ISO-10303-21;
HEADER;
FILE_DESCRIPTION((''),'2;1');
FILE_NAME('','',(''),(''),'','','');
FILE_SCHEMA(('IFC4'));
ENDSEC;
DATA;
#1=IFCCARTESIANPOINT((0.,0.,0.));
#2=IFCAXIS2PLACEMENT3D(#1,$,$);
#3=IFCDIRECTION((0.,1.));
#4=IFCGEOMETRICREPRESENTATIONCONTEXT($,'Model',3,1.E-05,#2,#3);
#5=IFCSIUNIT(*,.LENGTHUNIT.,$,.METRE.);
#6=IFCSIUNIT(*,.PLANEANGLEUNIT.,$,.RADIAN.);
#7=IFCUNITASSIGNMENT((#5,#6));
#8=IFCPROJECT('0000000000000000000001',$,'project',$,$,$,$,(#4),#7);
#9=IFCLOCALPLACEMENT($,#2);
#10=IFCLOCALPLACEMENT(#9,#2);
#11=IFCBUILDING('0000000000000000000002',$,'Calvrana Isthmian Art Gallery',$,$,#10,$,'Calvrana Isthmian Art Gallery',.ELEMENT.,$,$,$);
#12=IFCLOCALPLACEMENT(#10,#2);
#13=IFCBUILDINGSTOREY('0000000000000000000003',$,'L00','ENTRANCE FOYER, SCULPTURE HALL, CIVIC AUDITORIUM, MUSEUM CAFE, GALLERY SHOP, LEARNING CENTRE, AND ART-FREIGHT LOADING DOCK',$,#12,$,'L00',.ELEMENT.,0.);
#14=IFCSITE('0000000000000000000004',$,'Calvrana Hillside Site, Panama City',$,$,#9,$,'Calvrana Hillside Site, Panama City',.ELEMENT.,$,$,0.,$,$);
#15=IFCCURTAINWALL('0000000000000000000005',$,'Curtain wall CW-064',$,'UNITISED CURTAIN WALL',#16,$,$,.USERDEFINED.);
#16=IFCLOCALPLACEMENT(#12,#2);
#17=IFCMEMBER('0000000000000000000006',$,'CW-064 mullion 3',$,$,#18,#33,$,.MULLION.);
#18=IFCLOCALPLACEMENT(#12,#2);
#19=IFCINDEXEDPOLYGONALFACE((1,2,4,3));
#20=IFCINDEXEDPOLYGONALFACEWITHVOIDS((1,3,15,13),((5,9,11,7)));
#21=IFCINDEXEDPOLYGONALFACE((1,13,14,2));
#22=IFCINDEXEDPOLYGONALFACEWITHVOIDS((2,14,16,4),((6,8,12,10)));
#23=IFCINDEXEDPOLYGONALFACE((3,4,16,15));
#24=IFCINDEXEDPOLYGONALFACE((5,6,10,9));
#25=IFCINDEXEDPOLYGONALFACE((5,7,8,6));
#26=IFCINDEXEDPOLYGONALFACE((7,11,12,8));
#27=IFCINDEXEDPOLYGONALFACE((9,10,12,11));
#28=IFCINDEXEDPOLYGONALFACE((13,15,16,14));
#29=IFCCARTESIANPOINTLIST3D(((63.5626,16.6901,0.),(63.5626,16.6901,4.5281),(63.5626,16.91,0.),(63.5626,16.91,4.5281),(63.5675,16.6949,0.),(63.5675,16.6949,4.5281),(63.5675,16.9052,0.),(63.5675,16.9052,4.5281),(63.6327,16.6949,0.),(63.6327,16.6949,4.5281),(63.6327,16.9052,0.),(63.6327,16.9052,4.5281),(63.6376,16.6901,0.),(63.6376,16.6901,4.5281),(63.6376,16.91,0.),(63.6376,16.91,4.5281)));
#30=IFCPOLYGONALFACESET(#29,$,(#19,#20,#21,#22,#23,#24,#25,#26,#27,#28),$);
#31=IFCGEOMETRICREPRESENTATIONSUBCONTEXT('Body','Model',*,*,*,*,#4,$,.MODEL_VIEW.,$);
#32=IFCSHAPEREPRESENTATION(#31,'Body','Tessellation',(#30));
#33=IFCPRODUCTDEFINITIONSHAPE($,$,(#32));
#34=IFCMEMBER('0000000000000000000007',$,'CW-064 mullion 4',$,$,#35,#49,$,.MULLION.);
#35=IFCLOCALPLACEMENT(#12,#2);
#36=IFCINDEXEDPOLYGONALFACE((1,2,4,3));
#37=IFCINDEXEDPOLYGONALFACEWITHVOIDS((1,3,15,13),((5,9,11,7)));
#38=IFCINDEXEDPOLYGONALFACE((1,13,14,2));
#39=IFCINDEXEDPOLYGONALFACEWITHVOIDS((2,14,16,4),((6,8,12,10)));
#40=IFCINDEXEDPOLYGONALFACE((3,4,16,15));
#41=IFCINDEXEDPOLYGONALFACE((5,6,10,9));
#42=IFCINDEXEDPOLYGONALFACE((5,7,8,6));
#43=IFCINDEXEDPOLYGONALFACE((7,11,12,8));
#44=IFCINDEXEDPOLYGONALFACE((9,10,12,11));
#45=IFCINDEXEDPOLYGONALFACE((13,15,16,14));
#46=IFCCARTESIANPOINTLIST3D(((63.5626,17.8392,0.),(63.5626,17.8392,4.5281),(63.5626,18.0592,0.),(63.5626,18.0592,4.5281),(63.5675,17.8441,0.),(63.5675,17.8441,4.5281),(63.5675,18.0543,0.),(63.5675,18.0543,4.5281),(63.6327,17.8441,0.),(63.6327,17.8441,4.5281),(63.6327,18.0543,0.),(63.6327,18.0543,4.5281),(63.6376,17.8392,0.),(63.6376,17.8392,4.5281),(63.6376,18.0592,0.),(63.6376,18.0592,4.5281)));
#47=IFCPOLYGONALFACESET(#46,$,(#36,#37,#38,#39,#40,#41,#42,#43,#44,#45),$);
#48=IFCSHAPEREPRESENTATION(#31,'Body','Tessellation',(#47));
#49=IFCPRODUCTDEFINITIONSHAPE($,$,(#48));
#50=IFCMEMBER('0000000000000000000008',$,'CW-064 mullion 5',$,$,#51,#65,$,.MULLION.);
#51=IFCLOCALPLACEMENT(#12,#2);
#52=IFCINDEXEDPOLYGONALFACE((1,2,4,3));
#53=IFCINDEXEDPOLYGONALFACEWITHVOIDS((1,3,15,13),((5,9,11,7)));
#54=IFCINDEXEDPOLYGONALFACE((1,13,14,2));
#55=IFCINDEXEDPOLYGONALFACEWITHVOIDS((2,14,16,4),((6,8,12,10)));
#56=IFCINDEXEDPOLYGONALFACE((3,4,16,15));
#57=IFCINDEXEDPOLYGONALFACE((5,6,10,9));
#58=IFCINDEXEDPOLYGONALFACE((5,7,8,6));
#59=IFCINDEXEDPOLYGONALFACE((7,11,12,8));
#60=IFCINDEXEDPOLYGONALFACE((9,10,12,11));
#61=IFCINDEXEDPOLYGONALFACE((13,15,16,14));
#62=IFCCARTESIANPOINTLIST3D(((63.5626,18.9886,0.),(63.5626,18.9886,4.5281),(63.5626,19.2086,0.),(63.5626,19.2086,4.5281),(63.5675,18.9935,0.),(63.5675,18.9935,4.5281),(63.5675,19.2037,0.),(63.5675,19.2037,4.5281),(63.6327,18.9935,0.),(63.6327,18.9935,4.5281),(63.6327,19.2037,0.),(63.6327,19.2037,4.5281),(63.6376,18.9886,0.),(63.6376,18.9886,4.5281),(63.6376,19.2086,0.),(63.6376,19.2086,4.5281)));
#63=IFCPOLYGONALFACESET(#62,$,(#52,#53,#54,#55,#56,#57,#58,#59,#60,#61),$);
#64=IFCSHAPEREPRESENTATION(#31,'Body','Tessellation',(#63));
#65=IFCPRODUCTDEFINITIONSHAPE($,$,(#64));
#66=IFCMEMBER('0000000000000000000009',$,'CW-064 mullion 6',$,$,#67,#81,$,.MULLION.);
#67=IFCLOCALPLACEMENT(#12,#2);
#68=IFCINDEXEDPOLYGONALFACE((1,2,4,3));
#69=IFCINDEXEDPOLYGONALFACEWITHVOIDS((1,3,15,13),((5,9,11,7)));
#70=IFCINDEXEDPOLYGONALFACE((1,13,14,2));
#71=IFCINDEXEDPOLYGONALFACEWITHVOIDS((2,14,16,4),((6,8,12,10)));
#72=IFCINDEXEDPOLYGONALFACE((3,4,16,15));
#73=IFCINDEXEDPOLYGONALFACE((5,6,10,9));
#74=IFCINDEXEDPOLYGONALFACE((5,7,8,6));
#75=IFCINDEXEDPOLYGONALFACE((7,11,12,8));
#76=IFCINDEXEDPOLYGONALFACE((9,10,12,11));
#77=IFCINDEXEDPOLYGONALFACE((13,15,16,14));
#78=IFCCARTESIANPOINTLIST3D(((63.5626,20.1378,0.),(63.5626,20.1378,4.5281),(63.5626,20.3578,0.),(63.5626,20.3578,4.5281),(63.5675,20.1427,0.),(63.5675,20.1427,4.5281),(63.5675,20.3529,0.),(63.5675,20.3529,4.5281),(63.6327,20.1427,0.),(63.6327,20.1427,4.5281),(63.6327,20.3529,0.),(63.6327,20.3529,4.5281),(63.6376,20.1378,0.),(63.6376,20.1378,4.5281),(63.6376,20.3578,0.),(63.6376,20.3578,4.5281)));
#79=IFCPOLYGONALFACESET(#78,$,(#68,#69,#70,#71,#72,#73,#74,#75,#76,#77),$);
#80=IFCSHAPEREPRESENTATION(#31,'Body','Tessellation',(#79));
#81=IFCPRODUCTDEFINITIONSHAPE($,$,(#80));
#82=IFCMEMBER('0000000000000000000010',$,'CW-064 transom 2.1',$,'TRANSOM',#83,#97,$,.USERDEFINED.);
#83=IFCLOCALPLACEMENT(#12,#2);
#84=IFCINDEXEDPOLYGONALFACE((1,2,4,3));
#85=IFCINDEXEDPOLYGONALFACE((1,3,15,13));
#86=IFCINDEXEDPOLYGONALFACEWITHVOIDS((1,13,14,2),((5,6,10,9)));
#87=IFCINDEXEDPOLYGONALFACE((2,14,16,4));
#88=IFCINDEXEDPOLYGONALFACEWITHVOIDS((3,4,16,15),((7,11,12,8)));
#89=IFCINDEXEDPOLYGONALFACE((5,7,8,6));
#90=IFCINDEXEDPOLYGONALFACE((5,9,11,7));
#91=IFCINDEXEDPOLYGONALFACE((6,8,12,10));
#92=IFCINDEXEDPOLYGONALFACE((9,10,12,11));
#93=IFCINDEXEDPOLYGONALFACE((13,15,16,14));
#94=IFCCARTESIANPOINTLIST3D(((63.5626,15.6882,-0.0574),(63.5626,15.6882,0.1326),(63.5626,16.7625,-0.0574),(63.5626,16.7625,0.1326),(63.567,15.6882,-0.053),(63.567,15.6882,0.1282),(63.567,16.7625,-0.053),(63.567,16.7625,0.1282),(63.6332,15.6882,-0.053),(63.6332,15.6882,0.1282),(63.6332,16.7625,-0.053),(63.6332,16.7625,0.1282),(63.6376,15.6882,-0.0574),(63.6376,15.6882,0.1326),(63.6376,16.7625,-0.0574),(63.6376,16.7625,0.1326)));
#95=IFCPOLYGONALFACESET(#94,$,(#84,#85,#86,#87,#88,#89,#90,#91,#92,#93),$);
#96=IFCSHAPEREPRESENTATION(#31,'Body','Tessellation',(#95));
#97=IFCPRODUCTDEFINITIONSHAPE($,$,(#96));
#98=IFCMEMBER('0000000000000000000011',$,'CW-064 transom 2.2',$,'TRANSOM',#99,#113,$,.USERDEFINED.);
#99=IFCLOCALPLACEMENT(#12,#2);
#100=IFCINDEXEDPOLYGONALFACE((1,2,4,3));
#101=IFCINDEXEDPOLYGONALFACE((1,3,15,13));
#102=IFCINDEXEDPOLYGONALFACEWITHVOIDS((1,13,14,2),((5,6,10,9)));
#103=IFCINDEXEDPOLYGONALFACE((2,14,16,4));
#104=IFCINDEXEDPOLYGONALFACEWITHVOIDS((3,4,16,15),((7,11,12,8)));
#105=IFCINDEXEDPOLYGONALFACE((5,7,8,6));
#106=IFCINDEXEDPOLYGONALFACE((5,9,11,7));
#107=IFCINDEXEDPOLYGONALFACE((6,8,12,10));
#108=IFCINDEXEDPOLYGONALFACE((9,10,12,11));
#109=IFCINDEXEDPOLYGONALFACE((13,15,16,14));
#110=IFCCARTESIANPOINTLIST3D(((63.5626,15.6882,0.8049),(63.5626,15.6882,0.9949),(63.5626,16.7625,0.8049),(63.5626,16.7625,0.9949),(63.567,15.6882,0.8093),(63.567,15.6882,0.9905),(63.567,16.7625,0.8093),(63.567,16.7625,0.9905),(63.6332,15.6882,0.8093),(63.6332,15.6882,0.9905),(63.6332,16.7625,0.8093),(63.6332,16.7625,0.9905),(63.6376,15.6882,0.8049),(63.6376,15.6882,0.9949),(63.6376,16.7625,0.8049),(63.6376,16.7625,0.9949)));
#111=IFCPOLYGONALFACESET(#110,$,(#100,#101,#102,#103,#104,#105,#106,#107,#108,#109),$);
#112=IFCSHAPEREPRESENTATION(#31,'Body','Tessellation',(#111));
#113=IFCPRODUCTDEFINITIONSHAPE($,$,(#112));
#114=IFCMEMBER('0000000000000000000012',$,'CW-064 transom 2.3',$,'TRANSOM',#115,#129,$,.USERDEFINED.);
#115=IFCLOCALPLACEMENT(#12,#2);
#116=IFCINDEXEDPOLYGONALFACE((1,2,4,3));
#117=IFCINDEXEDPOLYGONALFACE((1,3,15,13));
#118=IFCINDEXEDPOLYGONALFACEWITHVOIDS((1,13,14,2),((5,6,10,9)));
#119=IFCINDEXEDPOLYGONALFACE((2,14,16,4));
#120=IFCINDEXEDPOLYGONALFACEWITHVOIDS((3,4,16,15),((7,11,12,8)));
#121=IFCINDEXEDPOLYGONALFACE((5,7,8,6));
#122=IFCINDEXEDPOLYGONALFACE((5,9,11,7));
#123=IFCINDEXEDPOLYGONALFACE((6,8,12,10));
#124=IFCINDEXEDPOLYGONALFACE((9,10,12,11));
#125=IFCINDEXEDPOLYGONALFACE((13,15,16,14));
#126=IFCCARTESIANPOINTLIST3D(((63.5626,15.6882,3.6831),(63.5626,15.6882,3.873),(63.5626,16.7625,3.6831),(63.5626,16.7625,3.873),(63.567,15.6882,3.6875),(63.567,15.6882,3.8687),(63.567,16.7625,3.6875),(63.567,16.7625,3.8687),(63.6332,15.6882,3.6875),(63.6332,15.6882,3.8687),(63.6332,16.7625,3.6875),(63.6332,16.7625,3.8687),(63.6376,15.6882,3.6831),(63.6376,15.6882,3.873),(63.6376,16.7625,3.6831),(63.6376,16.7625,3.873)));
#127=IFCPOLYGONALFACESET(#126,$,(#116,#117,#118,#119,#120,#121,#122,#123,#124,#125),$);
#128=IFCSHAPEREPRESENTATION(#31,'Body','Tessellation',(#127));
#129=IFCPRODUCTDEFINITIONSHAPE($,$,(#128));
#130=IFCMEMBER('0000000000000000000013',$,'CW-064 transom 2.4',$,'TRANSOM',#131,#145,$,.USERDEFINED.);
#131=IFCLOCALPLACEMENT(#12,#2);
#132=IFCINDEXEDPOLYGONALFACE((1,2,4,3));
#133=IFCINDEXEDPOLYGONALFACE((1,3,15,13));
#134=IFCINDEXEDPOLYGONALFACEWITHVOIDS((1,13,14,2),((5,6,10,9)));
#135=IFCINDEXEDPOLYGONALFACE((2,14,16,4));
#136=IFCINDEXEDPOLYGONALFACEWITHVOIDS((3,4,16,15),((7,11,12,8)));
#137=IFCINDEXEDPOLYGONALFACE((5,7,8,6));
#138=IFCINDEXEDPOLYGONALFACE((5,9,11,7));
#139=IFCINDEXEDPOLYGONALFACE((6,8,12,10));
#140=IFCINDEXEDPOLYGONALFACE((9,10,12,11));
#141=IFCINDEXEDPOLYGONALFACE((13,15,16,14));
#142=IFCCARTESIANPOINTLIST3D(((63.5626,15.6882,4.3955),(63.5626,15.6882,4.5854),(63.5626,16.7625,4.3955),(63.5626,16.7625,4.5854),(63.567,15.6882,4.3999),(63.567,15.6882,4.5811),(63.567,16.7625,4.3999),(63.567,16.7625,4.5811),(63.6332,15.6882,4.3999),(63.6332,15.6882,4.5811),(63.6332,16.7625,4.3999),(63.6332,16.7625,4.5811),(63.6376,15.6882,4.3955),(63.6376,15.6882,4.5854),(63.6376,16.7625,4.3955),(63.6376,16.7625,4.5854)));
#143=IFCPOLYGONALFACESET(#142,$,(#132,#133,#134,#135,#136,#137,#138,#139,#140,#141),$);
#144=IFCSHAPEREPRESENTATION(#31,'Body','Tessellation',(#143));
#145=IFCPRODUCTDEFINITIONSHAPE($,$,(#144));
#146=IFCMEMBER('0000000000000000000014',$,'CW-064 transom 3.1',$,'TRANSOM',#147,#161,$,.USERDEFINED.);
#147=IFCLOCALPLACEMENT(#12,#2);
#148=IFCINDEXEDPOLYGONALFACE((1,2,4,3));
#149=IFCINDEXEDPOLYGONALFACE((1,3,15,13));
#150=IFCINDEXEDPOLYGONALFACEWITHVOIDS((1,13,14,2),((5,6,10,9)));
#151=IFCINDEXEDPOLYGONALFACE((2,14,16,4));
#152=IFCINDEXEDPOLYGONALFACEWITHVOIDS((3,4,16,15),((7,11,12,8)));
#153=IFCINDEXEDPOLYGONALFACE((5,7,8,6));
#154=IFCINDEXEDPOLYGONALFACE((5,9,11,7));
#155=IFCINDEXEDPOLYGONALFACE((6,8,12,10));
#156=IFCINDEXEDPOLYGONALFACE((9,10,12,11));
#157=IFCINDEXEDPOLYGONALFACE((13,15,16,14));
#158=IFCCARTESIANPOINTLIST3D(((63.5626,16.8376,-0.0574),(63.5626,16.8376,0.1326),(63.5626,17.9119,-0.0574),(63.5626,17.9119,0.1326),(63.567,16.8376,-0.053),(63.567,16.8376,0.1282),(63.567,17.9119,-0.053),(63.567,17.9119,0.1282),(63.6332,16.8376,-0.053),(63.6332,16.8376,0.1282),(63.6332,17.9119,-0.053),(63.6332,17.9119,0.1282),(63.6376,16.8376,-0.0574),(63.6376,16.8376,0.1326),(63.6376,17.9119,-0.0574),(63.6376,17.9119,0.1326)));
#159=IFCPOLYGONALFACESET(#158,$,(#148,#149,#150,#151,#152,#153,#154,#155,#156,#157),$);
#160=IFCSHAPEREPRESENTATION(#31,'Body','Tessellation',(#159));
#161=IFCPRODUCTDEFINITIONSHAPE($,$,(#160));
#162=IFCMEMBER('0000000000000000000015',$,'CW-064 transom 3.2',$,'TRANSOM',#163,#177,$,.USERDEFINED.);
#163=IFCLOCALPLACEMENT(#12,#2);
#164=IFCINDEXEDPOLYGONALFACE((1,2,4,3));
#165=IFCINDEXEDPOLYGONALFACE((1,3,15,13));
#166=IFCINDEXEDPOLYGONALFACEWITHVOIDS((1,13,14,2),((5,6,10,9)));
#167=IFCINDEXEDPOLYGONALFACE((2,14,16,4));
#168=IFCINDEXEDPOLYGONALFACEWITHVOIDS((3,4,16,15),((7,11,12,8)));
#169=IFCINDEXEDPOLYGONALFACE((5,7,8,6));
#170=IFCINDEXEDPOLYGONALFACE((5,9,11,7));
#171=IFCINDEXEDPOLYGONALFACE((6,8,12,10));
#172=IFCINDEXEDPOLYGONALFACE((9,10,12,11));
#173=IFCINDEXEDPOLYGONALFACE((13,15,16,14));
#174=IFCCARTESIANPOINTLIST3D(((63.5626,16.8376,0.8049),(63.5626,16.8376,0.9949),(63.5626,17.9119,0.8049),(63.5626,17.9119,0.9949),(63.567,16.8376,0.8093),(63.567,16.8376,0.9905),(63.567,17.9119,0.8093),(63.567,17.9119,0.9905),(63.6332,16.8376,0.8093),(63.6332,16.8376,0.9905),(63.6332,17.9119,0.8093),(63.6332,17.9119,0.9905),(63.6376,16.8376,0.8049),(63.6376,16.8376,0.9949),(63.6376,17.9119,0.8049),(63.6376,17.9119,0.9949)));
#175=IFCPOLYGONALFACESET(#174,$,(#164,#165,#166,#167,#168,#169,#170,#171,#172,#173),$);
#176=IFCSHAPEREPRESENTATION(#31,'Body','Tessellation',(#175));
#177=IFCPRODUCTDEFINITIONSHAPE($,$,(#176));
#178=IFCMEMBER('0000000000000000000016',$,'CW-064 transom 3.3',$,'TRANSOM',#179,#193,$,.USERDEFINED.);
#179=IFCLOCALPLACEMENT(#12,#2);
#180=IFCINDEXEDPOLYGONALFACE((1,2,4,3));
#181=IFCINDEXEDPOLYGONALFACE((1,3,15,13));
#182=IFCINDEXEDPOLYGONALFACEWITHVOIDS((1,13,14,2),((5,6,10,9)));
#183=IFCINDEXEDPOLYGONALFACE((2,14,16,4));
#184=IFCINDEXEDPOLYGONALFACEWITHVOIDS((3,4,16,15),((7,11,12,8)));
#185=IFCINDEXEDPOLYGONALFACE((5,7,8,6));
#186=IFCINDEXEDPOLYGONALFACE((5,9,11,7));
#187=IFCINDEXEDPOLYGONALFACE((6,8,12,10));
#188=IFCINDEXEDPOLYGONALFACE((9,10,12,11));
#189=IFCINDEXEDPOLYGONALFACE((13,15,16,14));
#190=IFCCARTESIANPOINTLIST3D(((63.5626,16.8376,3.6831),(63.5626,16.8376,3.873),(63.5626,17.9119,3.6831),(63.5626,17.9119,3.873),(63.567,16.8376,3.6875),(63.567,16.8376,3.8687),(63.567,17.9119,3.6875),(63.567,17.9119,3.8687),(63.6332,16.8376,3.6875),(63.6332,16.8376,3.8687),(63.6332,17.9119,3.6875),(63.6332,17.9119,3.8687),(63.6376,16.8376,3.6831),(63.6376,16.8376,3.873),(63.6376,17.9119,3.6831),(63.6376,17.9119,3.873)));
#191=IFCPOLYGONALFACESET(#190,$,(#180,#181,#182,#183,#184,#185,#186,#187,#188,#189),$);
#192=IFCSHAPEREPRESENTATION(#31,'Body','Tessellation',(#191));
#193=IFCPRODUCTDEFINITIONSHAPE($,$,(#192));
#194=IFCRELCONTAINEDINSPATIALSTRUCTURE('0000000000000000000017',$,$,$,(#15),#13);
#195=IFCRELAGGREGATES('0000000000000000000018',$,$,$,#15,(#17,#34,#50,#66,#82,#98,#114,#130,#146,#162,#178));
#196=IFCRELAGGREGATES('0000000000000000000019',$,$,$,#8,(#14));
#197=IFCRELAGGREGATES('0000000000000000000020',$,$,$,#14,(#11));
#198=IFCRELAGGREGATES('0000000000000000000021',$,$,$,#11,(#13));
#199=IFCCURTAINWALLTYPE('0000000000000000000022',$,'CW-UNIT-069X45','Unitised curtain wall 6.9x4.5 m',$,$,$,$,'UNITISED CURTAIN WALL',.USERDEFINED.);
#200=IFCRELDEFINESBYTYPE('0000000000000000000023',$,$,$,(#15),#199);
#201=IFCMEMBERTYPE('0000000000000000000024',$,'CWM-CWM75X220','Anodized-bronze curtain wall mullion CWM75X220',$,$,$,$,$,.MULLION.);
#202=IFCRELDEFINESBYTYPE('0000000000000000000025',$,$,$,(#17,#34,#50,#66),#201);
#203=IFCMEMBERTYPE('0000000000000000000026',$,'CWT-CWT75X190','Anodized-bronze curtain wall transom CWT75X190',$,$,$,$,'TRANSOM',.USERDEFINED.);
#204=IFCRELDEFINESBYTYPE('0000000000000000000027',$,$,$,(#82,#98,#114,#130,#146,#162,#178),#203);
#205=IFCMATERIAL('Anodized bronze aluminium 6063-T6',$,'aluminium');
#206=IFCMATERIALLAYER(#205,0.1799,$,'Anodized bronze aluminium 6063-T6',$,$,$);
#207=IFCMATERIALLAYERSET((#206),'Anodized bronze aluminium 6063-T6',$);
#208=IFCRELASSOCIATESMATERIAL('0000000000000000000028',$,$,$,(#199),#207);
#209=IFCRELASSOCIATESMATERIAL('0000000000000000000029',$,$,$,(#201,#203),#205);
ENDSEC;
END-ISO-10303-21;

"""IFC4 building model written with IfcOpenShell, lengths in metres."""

from ifc_helpers import new_model, si_unit, direction, frame, origin, origin_2d, place, context, subcontext, project, spatial, hollow_rectangle, extrude, material, layer, layer_set, material_profile, profile_set, type_object, element, aggregate, save


model = new_model("IFC4")

# Units and contexts
model_context = context("Model", 3, precision=1e-05, world=origin(), true_north=direction((0.0, 1.0)))
body_context = subcontext(model_context, "Body", "Model", "MODEL_VIEW")
ifc_project = project(units=[si_unit("LENGTHUNIT", "METRE"), si_unit("PLANEANGLEUNIT", "RADIAN")], contexts=[model_context])

# Site, building, storey
site_placement = place(None, origin())
site = spatial("IfcSite", under=ifc_project, at=site_placement, Name="Calvrana Hillside Site, Panama City", LongName="Calvrana Hillside Site, Panama City", CompositionType="ELEMENT", RefElevation=0.0)
building_placement = place(site_placement, origin())
building = spatial("IfcBuilding", under=site, at=building_placement, Name="Calvrana Isthmian Art Gallery", LongName="Calvrana Isthmian Art Gallery", CompositionType="ELEMENT")
storey_placement = place(building_placement, origin())
storey = spatial("IfcBuildingStorey", under=building, at=storey_placement, Name="L00", Description="ENTRANCE FOYER, SCULPTURE HALL, CIVIC AUDITORIUM, MUSEUM CAFE, GALLERY SHOP, LEARNING CENTRE, AND ART-FREIGHT LOADING DOCK", LongName="L00", CompositionType="ELEMENT", Elevation=0.0)

# Curtain wall, members
ifc_material_1 = material(Name="Anodized bronze aluminium 6063-T6", Category="aluminium")
ifc_layer_1 = layer(ifc_material_1, 0.1799, Name="Anodized bronze aluminium 6063-T6")
ifc_layer_set_1 = layer_set([ifc_layer_1], Name="Anodized bronze aluminium 6063-T6")
curtain_wall_type = type_object("IfcCurtainWallType", Name="CW-UNIT-069X45", Description="Unitised curtain wall 6.9x4.5 m", ElementType="UNITISED CURTAIN WALL", PredefinedType="USERDEFINED", material=ifc_layer_set_1)
curtain_wall_placement = place(storey_placement, origin())
curtain_wall = element("IfcCurtainWall", 1, at=curtain_wall_placement, inside=storey, type_object=curtain_wall_type, Name="Curtain wall CW-064", ObjectType="UNITISED CURTAIN WALL", PredefinedType="USERDEFINED")
ifc_material_profile_1 = material_profile(ifc_material_1, hollow_rectangle(XDim=0.075, YDim=0.22, WallThickness=0.0049, at=origin_2d()), Name="CWM75X220")
ifc_profile_set_1 = profile_set([ifc_material_profile_1], Name="Anodized bronze aluminium 6063-T6")
member_type_1 = type_object("IfcMemberType", Name="CWM-CWM75X220", Description="Anodized-bronze curtain wall mullion CWM75X220", PredefinedType="MULLION", material=ifc_profile_set_1)
member_1_placement = place(storey_placement, frame((63.6001, 16.8, 0.0), z_axis=(0.0, 0.0, 1.0), x_axis=(-1.0, 0.0, 0.0)))
member_1 = element("IfcMember", 2, at=member_1_placement, type_object=member_type_1, Name="CW-064 mullion 3", PredefinedType="MULLION", context=body_context, shape_type="SweptSolid", body=[
    extrude(hollow_rectangle(XDim=0.075, YDim=0.22, WallThickness=0.0049, at=origin_2d()), origin(), (0.0, 0.0, 1.0), 4.5281),
])
member_2_placement = place(storey_placement, frame((63.6001, 17.9492, 0.0), z_axis=(0.0, 0.0, 1.0), x_axis=(-1.0, 0.0, 0.0)))
member_2 = element("IfcMember", 3, at=member_2_placement, type_object=member_type_1, Name="CW-064 mullion 4", PredefinedType="MULLION", context=body_context, shape_type="SweptSolid", body=[
    extrude(hollow_rectangle(XDim=0.075, YDim=0.22, WallThickness=0.0049, at=origin_2d()), origin(), (0.0, 0.0, 1.0), 4.5281),
])
member_3_placement = place(storey_placement, frame((63.6001, 19.0986, 0.0), z_axis=(0.0, 0.0, 1.0), x_axis=(-1.0, 0.0, 0.0)))
member_3 = element("IfcMember", 4, at=member_3_placement, type_object=member_type_1, Name="CW-064 mullion 5", PredefinedType="MULLION", context=body_context, shape_type="SweptSolid", body=[
    extrude(hollow_rectangle(XDim=0.075, YDim=0.22, WallThickness=0.0049, at=origin_2d()), origin(), (0.0, 0.0, 1.0), 4.5281),
])
member_4_placement = place(storey_placement, frame((63.6001, 20.2478, 0.0), z_axis=(0.0, 0.0, 1.0), x_axis=(-1.0, 0.0, 0.0)))
member_4 = element("IfcMember", 5, at=member_4_placement, type_object=member_type_1, Name="CW-064 mullion 6", PredefinedType="MULLION", context=body_context, shape_type="SweptSolid", body=[
    extrude(hollow_rectangle(XDim=0.075, YDim=0.22, WallThickness=0.0049, at=origin_2d()), origin(), (0.0, 0.0, 1.0), 4.5281),
])
ifc_material_profile_2 = material_profile(ifc_material_1, hollow_rectangle(XDim=0.075, YDim=0.1899, WallThickness=0.0044, at=origin_2d()), Name="CWT75X190")
ifc_profile_set_2 = profile_set([ifc_material_profile_2], Name="Anodized bronze aluminium 6063-T6")
member_type_2 = type_object("IfcMemberType", Name="CWT-CWT75X190", Description="Anodized-bronze curtain wall transom CWT75X190", ElementType="TRANSOM", PredefinedType="USERDEFINED", material=ifc_profile_set_2)
member_5_placement = place(storey_placement, frame((63.6001, 15.6882, 0.0376), z_axis=(0.0, 1.0, 0.0), x_axis=(-1.0, 0.0, 0.0)))
member_5 = element("IfcMember", 6, at=member_5_placement, type_object=member_type_2, Name="CW-064 transom 2.1", ObjectType="TRANSOM", PredefinedType="USERDEFINED", context=body_context, shape_type="SweptSolid", body=[
    extrude(hollow_rectangle(XDim=0.075, YDim=0.1899, WallThickness=0.0044, at=origin_2d()), origin(), (0.0, 0.0, 1.0), 1.0742),
])
member_6_placement = place(storey_placement, frame((63.6001, 15.6882, 0.8999), z_axis=(0.0, 1.0, 0.0), x_axis=(-1.0, 0.0, 0.0)))
member_6 = element("IfcMember", 7, at=member_6_placement, type_object=member_type_2, Name="CW-064 transom 2.2", ObjectType="TRANSOM", PredefinedType="USERDEFINED", context=body_context, shape_type="SweptSolid", body=[
    extrude(hollow_rectangle(XDim=0.075, YDim=0.1899, WallThickness=0.0044, at=origin_2d()), origin(), (0.0, 0.0, 1.0), 1.0742),
])
member_7_placement = place(storey_placement, frame((63.6001, 15.6882, 3.7781), z_axis=(0.0, 1.0, 0.0), x_axis=(-1.0, 0.0, 0.0)))
member_7 = element("IfcMember", 8, at=member_7_placement, type_object=member_type_2, Name="CW-064 transom 2.3", ObjectType="TRANSOM", PredefinedType="USERDEFINED", context=body_context, shape_type="SweptSolid", body=[
    extrude(hollow_rectangle(XDim=0.075, YDim=0.1899, WallThickness=0.0044, at=origin_2d()), origin(), (0.0, 0.0, 1.0), 1.0742),
])
member_8_placement = place(storey_placement, frame((63.6001, 15.6882, 4.4905), z_axis=(0.0, 1.0, 0.0), x_axis=(-1.0, 0.0, 0.0)))
member_8 = element("IfcMember", 9, at=member_8_placement, type_object=member_type_2, Name="CW-064 transom 2.4", ObjectType="TRANSOM", PredefinedType="USERDEFINED", context=body_context, shape_type="SweptSolid", body=[
    extrude(hollow_rectangle(XDim=0.075, YDim=0.1899, WallThickness=0.0044, at=origin_2d()), origin(), (0.0, 0.0, 1.0), 1.0742),
])
member_9_placement = place(storey_placement, frame((63.6001, 16.8376, 0.0376), z_axis=(0.0, 1.0, 0.0), x_axis=(-1.0, 0.0, 0.0)))
member_9 = element("IfcMember", 10, at=member_9_placement, type_object=member_type_2, Name="CW-064 transom 3.1", ObjectType="TRANSOM", PredefinedType="USERDEFINED", context=body_context, shape_type="SweptSolid", body=[
    extrude(hollow_rectangle(XDim=0.075, YDim=0.1899, WallThickness=0.0044, at=origin_2d()), origin(), (0.0, 0.0, 1.0), 1.0742),
])
member_10_placement = place(storey_placement, frame((63.6001, 16.8376, 0.8999), z_axis=(0.0, 1.0, 0.0), x_axis=(-1.0, 0.0, 0.0)))
member_10 = element("IfcMember", 11, at=member_10_placement, type_object=member_type_2, Name="CW-064 transom 3.2", ObjectType="TRANSOM", PredefinedType="USERDEFINED", context=body_context, shape_type="SweptSolid", body=[
    extrude(hollow_rectangle(XDim=0.075, YDim=0.1899, WallThickness=0.0044, at=origin_2d()), origin(), (0.0, 0.0, 1.0), 1.0742),
])
member_11_placement = place(storey_placement, frame((63.6001, 16.8376, 3.7781), z_axis=(0.0, 1.0, 0.0), x_axis=(-1.0, 0.0, 0.0)))
member_11 = element("IfcMember", 12, at=member_11_placement, type_object=member_type_2, Name="CW-064 transom 3.3", ObjectType="TRANSOM", PredefinedType="USERDEFINED", context=body_context, shape_type="SweptSolid", body=[
    extrude(hollow_rectangle(XDim=0.075, YDim=0.1899, WallThickness=0.0044, at=origin_2d()), origin(), (0.0, 0.0, 1.0), 1.0742),
])
aggregate(curtain_wall, [member_1, member_2, member_3, member_4, member_5, member_6, member_7, member_8, member_9, member_10, member_11])

save(model, "model.ifc")
